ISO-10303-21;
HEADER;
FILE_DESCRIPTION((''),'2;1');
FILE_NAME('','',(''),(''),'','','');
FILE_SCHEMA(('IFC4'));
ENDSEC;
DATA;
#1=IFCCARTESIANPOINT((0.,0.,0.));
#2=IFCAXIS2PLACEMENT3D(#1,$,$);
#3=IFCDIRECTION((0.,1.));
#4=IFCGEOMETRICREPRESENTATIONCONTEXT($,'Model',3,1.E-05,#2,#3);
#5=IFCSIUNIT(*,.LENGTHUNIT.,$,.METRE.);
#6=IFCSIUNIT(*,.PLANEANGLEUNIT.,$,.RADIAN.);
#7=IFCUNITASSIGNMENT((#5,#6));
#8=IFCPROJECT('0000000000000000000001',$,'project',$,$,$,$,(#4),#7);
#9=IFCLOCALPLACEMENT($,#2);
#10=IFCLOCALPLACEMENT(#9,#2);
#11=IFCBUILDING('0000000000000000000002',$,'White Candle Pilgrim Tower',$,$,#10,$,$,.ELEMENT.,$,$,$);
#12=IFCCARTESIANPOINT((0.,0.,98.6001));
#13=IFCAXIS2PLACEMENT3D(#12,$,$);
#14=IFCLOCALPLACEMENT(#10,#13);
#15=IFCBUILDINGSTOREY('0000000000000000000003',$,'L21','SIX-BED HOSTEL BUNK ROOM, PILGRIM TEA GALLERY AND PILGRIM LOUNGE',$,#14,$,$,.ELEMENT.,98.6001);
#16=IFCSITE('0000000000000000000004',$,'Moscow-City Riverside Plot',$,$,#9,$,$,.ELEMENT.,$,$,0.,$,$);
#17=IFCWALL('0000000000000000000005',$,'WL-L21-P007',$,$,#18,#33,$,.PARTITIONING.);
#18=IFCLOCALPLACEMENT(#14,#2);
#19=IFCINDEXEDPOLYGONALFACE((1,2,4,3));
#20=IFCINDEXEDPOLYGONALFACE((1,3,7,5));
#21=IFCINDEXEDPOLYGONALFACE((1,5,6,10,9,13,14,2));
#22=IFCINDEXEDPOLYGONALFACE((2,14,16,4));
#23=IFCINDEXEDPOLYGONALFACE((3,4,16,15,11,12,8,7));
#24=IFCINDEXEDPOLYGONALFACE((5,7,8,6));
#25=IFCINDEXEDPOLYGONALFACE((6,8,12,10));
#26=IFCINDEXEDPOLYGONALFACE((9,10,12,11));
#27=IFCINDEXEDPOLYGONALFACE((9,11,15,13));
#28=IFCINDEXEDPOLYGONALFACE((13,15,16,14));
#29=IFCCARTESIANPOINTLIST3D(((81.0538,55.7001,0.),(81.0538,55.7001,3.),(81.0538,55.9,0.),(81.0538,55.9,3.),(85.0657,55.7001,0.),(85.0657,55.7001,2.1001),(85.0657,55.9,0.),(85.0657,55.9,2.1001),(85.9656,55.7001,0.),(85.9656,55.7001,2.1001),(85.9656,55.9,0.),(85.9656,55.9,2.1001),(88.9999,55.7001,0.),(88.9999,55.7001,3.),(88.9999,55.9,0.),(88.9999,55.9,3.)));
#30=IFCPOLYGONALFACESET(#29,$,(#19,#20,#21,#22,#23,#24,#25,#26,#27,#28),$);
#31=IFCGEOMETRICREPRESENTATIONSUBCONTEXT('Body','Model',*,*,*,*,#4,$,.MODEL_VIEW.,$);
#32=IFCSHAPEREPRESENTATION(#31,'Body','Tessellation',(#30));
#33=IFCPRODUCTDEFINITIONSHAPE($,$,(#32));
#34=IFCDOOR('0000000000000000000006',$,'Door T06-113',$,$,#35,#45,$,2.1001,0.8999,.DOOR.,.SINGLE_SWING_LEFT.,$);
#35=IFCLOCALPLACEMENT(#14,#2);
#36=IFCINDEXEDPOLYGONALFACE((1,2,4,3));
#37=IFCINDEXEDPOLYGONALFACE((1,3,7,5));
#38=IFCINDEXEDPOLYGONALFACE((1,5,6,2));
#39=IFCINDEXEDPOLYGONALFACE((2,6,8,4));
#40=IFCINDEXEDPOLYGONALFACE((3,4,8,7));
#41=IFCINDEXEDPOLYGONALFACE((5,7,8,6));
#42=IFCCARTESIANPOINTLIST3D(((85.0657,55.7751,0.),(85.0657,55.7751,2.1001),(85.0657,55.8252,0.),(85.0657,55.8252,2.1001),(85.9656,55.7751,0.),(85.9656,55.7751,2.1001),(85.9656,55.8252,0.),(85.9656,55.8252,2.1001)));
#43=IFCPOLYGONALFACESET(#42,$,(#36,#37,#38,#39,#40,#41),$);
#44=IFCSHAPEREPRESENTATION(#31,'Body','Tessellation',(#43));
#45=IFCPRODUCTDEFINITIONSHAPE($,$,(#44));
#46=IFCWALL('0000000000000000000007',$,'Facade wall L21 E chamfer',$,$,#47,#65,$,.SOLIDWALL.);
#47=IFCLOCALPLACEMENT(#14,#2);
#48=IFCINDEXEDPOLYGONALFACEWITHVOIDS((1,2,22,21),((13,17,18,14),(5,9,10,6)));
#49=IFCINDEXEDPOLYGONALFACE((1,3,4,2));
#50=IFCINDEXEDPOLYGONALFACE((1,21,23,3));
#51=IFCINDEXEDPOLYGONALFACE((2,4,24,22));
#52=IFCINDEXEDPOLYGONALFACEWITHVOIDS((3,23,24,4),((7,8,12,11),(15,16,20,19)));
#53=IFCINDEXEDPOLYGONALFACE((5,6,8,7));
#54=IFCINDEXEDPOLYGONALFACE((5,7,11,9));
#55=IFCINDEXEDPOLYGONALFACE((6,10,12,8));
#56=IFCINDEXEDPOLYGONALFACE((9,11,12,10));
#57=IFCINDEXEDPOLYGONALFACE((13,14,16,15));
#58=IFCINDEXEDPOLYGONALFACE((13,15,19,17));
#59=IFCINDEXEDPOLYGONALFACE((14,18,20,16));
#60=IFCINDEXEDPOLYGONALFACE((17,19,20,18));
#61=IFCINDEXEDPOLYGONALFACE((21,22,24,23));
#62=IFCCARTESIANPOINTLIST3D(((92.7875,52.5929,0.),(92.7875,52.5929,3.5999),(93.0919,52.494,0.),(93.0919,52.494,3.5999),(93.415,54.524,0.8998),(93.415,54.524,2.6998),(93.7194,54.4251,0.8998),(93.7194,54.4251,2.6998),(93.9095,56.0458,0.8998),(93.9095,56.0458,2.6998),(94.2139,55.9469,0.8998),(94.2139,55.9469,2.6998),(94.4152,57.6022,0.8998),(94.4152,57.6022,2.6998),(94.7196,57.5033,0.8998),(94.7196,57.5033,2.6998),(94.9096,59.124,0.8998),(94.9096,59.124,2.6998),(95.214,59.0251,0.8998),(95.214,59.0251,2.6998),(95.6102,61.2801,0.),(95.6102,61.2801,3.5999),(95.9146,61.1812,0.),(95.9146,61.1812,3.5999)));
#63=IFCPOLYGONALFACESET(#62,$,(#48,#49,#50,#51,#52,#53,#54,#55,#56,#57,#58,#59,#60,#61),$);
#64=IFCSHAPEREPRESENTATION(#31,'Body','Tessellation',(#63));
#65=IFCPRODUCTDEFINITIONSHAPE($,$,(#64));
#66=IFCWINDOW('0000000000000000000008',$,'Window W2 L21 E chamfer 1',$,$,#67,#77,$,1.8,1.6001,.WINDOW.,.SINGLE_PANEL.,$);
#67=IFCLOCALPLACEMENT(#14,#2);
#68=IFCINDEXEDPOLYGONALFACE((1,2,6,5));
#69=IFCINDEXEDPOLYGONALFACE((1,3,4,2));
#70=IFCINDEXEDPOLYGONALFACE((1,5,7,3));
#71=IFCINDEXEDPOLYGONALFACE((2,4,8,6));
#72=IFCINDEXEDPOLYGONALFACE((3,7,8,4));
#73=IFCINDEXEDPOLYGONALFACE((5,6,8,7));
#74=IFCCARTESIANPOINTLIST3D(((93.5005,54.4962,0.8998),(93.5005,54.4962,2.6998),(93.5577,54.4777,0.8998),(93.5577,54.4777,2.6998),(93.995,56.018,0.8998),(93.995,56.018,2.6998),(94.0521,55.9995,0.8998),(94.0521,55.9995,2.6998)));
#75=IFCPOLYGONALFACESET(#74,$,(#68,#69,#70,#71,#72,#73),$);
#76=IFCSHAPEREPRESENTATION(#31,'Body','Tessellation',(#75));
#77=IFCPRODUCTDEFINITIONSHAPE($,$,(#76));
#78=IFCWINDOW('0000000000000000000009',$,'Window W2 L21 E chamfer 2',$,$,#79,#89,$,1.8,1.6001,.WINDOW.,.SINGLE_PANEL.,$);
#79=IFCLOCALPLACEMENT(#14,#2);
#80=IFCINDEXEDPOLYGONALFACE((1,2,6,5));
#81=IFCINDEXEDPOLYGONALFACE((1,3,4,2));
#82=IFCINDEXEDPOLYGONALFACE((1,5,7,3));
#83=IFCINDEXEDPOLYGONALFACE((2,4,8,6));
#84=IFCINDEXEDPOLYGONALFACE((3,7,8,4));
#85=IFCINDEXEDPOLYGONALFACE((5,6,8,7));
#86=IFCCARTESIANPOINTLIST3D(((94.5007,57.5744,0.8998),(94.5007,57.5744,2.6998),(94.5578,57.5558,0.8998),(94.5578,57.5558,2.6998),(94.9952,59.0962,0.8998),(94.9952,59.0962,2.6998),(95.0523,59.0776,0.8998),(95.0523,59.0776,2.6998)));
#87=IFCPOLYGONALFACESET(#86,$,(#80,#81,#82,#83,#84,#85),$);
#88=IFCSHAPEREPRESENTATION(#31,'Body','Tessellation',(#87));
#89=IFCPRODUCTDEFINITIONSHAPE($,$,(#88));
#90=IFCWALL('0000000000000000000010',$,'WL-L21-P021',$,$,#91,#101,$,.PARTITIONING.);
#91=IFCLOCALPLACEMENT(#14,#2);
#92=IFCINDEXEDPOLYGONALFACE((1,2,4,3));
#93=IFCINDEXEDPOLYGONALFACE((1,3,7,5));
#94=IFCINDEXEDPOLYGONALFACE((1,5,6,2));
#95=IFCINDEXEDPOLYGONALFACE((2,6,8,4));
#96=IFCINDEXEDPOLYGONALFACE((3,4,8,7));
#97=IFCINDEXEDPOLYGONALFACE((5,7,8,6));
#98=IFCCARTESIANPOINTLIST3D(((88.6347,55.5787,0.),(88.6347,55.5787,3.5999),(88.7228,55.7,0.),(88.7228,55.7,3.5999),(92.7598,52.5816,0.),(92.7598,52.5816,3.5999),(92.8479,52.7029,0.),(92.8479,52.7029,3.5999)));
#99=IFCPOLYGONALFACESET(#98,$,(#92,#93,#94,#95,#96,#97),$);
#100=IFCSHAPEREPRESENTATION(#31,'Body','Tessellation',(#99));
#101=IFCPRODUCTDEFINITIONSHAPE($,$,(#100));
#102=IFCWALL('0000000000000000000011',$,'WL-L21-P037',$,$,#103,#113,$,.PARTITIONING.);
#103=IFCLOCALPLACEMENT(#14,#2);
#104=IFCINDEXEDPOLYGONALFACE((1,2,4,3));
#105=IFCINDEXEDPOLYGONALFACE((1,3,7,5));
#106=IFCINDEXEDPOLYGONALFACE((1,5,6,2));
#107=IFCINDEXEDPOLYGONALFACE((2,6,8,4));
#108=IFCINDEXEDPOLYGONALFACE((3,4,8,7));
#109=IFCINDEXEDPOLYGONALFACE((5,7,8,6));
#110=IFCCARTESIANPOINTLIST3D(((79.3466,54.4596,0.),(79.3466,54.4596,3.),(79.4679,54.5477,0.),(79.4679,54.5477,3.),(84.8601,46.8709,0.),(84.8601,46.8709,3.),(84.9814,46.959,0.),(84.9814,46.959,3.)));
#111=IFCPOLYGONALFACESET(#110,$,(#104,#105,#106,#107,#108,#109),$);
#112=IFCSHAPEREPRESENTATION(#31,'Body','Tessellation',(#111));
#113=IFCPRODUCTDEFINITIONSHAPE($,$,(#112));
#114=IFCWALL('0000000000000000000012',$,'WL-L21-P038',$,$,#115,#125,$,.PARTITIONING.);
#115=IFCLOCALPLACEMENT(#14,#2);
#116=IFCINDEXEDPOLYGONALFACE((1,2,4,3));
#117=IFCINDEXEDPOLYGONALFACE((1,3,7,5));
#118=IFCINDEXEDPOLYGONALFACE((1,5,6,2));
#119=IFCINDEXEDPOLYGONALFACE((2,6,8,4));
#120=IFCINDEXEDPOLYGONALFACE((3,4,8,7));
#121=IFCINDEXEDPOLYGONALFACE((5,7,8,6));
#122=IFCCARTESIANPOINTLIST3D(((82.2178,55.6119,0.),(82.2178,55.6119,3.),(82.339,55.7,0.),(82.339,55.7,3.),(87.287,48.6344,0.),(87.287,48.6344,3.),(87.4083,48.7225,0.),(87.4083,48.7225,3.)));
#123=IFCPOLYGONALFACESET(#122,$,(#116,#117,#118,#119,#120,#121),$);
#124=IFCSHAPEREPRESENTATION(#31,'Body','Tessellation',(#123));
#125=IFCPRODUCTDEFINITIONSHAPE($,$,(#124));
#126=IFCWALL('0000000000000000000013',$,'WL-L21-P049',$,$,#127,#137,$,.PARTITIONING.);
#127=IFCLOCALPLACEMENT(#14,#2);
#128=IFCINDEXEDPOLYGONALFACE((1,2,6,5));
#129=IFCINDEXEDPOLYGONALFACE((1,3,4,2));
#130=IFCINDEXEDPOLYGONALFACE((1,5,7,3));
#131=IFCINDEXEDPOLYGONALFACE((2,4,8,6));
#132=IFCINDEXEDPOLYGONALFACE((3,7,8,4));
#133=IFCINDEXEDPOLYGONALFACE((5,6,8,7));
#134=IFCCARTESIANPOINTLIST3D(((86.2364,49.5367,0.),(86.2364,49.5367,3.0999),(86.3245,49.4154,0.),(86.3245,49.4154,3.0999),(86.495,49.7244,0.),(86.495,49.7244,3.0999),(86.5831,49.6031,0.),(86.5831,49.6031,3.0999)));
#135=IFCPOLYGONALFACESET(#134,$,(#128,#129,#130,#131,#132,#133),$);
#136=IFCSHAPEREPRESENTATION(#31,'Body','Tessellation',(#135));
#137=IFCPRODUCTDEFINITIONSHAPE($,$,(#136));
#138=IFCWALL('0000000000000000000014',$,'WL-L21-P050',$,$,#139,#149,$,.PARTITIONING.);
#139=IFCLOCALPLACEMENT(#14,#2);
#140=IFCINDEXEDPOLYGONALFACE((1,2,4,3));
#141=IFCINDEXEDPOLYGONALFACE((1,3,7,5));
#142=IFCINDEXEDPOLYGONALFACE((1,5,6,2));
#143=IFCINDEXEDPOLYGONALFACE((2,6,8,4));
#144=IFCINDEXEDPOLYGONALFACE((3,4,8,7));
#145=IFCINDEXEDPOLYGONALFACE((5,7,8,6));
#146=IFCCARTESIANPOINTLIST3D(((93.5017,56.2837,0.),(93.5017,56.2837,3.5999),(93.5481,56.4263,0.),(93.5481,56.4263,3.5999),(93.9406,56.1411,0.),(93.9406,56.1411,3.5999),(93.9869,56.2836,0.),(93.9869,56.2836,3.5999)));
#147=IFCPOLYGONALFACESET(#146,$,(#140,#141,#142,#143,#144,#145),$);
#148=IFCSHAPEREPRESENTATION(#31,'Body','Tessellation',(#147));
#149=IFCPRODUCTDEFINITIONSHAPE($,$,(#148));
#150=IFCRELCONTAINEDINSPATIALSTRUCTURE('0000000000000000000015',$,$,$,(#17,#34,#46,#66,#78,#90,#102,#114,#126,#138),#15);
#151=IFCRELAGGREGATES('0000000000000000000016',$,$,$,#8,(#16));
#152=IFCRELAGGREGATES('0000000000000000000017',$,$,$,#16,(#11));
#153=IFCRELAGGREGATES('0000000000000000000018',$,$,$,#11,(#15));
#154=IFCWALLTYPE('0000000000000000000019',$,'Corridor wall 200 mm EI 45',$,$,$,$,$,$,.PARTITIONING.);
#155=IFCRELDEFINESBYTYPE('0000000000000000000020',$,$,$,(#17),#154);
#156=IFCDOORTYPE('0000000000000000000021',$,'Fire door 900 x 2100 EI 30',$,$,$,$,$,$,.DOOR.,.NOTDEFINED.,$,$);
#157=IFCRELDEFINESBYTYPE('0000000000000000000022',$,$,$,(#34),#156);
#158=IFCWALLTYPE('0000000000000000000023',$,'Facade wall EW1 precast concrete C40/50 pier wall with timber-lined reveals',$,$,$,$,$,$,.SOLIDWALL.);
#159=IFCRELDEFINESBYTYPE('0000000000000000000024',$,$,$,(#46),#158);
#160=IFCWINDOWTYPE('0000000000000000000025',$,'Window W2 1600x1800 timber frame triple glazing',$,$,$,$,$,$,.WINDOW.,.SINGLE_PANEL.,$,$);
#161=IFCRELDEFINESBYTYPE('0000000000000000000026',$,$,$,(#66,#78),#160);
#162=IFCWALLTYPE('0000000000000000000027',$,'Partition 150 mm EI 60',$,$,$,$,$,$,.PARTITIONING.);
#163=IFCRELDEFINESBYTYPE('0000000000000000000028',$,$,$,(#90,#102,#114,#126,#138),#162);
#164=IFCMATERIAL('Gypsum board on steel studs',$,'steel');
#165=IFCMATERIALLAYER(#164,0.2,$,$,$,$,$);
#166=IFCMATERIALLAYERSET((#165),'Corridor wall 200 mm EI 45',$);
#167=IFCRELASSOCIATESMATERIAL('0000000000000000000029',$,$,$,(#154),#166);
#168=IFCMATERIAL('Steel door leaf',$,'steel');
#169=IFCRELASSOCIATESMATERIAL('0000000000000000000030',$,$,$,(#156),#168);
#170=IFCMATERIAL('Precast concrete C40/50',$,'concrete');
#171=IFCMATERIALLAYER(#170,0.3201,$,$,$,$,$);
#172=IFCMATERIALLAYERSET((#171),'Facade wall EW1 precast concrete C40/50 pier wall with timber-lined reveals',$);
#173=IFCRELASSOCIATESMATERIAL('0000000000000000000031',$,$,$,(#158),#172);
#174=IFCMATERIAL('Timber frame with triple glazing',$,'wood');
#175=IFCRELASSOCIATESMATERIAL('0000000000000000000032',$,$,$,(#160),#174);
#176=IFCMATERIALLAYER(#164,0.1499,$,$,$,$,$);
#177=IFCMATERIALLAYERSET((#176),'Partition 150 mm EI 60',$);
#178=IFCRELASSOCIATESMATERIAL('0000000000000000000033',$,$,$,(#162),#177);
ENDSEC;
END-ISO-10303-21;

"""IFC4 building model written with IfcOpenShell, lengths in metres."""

from ifc_helpers import new_model, si_unit, direction, frame, frame_2d, origin, place, context, subcontext, project, spatial, rectangle, extrude, material, layer, layer_set, type_object, element, fill, save


model = new_model("IFC4")

# Units and contexts
model_context = context("Model", 3, precision=1e-05, world=origin(), true_north=direction((0.0, 1.0)))
body_context = subcontext(model_context, "Body", "Model", "MODEL_VIEW")
ifc_project = project(units=[si_unit("LENGTHUNIT", "METRE"), si_unit("PLANEANGLEUNIT", "RADIAN")], contexts=[model_context])

# Site, building, storey
site_placement = place(None, origin())
site = spatial("IfcSite", under=ifc_project, at=site_placement, Name="Moscow-City Riverside Plot", CompositionType="ELEMENT", RefElevation=0.0)
building_placement = place(site_placement, origin())
building = spatial("IfcBuilding", under=site, at=building_placement, Name="White Candle Pilgrim Tower", CompositionType="ELEMENT")
storey_placement = place(building_placement, frame((0.0, 0.0, 98.6001)))
storey = spatial("IfcBuildingStorey", under=building, at=storey_placement, Name="L21", Description="SIX-BED HOSTEL BUNK ROOM, PILGRIM TEA GALLERY AND PILGRIM LOUNGE", CompositionType="ELEMENT", Elevation=98.6001)

# Wall, opening, door
ifc_material_1 = material(Name="Gypsum board on steel studs", Category="steel")
ifc_layer_1 = layer(ifc_material_1, 0.2)
ifc_layer_set_1 = layer_set([ifc_layer_1], Name="Corridor wall 200 mm EI 45")
wall_type_1 = type_object("IfcWallType", Name="Corridor wall 200 mm EI 45", PredefinedType="PARTITIONING", material=ifc_layer_set_1)
wall_1_placement = place(storey_placement, frame((89.0, 55.8, 0.0), z_axis=(0.0, 0.0, 1.0), x_axis=(-1.0, 0.0, 0.0)))
wall_1 = element("IfcWall", 1, at=wall_1_placement, inside=storey, type_object=wall_type_1, Name="WL-L21-P007", PredefinedType="PARTITIONING", context=body_context, shape_type="SweptSolid", body=[
    extrude(rectangle(XDim=7.946, YDim=0.2, at=frame_2d((3.9731, 0.0))), origin(), (0.0, 0.0, 1.0), 3.0),
])
opening_1_placement = place(wall_1_placement, frame((3.0344, 0.0, 0.0)))
opening_1 = element("IfcOpeningElement", 2, at=opening_1_placement, cuts=wall_1, PredefinedType="OPENING", context=body_context, shape_type="SweptSolid", body=[
    extrude(rectangle(XDim=0.8999, YDim=2.1001, at=frame_2d((0.45, 1.05))), frame((0.0, 0.1099, 0.0), z_axis=(0.0, -1.0, 0.0), x_axis=(1.0, 0.0, 0.0)), (0.0, 0.0, 1.0), 0.22),
])
ifc_material_2 = material(Name="Steel door leaf", Category="steel")
door_type = type_object("IfcDoorType", Name="Fire door 900 x 2100 EI 30", OperationType="NOTDEFINED", PredefinedType="DOOR", material=ifc_material_2)
door_placement = place(opening_1_placement, origin())
door = element("IfcDoor", 3, at=door_placement, inside=storey, type_object=door_type, Name="Door T06-113", OperationType="SINGLE_SWING_LEFT", OverallHeight=2.1001, OverallWidth=0.8999, PredefinedType="DOOR", context=body_context, shape_type="SweptSolid", body=[
    extrude(rectangle(XDim=0.8999, YDim=2.1001, at=frame_2d((0.45, 1.05))), frame((0.0, 0.0249, 0.0), z_axis=(0.0, -1.0, 0.0), x_axis=(1.0, 0.0, 0.0)), (0.0, 0.0, 1.0), 0.05),
])
fill(opening_1, door)

# Wall, openings, windows
ifc_material_3 = material(Name="Precast concrete C40/50", Category="concrete")
ifc_layer_2 = layer(ifc_material_3, 0.3201)
ifc_layer_set_2 = layer_set([ifc_layer_2], Name="Facade wall EW1 precast concrete C40/50 pier wall with timber-lined reveals")
wall_type_2 = type_object("IfcWallType", Name="Facade wall EW1 precast concrete C40/50 pier wall with timber-lined reveals", PredefinedType="SOLIDWALL", material=ifc_layer_set_2)
wall_2_placement = place(storey_placement, frame((92.9397, 52.5435, 0.0), z_axis=(0.0, 0.0, 1.0), x_axis=(0.309026, 0.951054, 0.0)))
wall_2 = element("IfcWall", 4, at=wall_2_placement, inside=storey, type_object=wall_type_2, Name="Facade wall L21 E chamfer", PredefinedType="SOLIDWALL", context=body_context, shape_type="SweptSolid", body=[
    extrude(rectangle(XDim=9.1343, YDim=0.3201, at=frame_2d((4.5671, 0.0))), origin(), (0.0, 0.0, 1.0), 3.5999),
])
opening_2_placement = place(wall_2_placement, frame((2.0305, 0.0, 0.8999)))
opening_2 = element("IfcOpeningElement", 5, at=opening_2_placement, cuts=wall_2, PredefinedType="OPENING", context=body_context, shape_type="SweptSolid", body=[
    extrude(rectangle(XDim=1.6001, YDim=1.8, at=frame_2d((0.8, 0.8999))), frame((0.0, 0.1699, 0.0), z_axis=(0.0, -1.0, 0.0), x_axis=(1.0, 0.0, 0.0)), (0.0, 0.0, 1.0), 0.3401),
])
opening_3_placement = place(wall_2_placement, frame((5.2671, 0.0, 0.8999)))
opening_3 = element("IfcOpeningElement", 6, at=opening_3_placement, cuts=wall_2, PredefinedType="OPENING", context=body_context, shape_type="SweptSolid", body=[
    extrude(rectangle(XDim=1.6001, YDim=1.8, at=frame_2d((0.8, 0.8999))), frame((0.0, 0.1699, 0.0), z_axis=(0.0, -1.0, 0.0), x_axis=(1.0, 0.0, 0.0)), (0.0, 0.0, 1.0), 0.3401),
])
ifc_material_4 = material(Name="Timber frame with triple glazing", Category="wood")
window_type = type_object("IfcWindowType", Name="Window W2 1600x1800 timber frame triple glazing", PartitioningType="SINGLE_PANEL", PredefinedType="WINDOW", material=ifc_material_4)
window_1_placement = place(opening_2_placement, origin())
window_1 = element("IfcWindow", 7, at=window_1_placement, inside=storey, type_object=window_type, Name="Window W2 L21 E chamfer 1", OverallHeight=1.8, OverallWidth=1.6001, PartitioningType="SINGLE_PANEL", PredefinedType="WINDOW", context=body_context, shape_type="SweptSolid", body=[
    extrude(rectangle(XDim=1.6001, YDim=1.8, at=frame_2d((0.8, 0.8999))), frame((0.0, 0.0701, 0.0), z_axis=(0.0, -1.0, 0.0), x_axis=(1.0, 0.0, 0.0)), (0.0, 0.0, 1.0), 0.0601),
])
fill(opening_2, window_1)
window_2_placement = place(opening_3_placement, origin())
window_2 = element("IfcWindow", 8, at=window_2_placement, inside=storey, type_object=window_type, Name="Window W2 L21 E chamfer 2", OverallHeight=1.8, OverallWidth=1.6001, PartitioningType="SINGLE_PANEL", PredefinedType="WINDOW", context=body_context, shape_type="SweptSolid", body=[
    extrude(rectangle(XDim=1.6001, YDim=1.8, at=frame_2d((0.8, 0.8999))), frame((0.0, 0.0701, 0.0), z_axis=(0.0, -1.0, 0.0), x_axis=(1.0, 0.0, 0.0)), (0.0, 0.0, 1.0), 0.0601),
])
fill(opening_3, window_2)

# Walls
ifc_layer_3 = layer(ifc_material_1, 0.1499)
ifc_layer_set_3 = layer_set([ifc_layer_3], Name="Partition 150 mm EI 60")
wall_type_3 = type_object("IfcWallType", Name="Partition 150 mm EI 60", PredefinedType="PARTITIONING", material=ifc_layer_set_3)
wall_3_placement = place(storey_placement, frame((92.8037, 52.6423, 0.0), z_axis=(0.0, 0.0, 1.0), x_axis=(-0.809009, 0.587796, 0.0)))
element("IfcWall", 9, at=wall_3_placement, inside=storey, type_object=wall_type_3, Name="WL-L21-P021", PredefinedType="PARTITIONING", context=body_context, shape_type="SweptSolid", body=[
    extrude(rectangle(XDim=5.0989, YDim=0.1499, at=frame_2d((2.5493, 0.0))), origin(), (0.0, 0.0, 1.0), 3.5999),
])
wall_4_placement = place(storey_placement, frame((84.9207, 46.915, 0.0), z_axis=(0.0, 0.0, 1.0), x_axis=(-0.587783, 0.809018, 0.0)))
element("IfcWall", 10, at=wall_4_placement, inside=storey, type_object=wall_type_3, Name="WL-L21-P037", PredefinedType="PARTITIONING", context=body_context, shape_type="SweptSolid", body=[
    extrude(rectangle(XDim=9.3801, YDim=0.1499, at=frame_2d((4.6899, 0.0))), origin(), (0.0, 0.0, 1.0), 3.0),
])
wall_5_placement = place(storey_placement, frame((87.3477, 48.6785, 0.0), z_axis=(0.0, 0.0, 1.0), x_axis=(-0.587774, 0.809025, 0.0)))
element("IfcWall", 11, at=wall_5_placement, inside=storey, type_object=wall_type_3, Name="WL-L21-P038", PredefinedType="PARTITIONING", context=body_context, shape_type="SweptSolid", body=[
    extrude(rectangle(XDim=8.6245, YDim=0.1499, at=frame_2d((4.3123, 0.0))), origin(), (0.0, 0.0, 1.0), 3.0),
])
wall_6_placement = place(storey_placement, frame((86.2805, 49.4761, 0.0), z_axis=(0.0, 0.0, 1.0), x_axis=(0.809165, 0.587581, 0.0)))
element("IfcWall", 12, at=wall_6_placement, inside=storey, type_object=wall_type_3, Name="WL-L21-P049", PredefinedType="PARTITIONING", context=body_context, shape_type="SweptSolid", body=[
    extrude(rectangle(XDim=0.3196, YDim=0.1499, at=frame_2d((0.1597, 0.0))), origin(), (0.0, 0.0, 1.0), 3.0999),
])
wall_7_placement = place(storey_placement, frame((93.5249, 56.355, 0.0), z_axis=(0.0, 0.0, 1.0), x_axis=(0.951038, -0.309074, 0.0)))
element("IfcWall", 13, at=wall_7_placement, inside=storey, type_object=wall_type_3, Name="WL-L21-P050", PredefinedType="PARTITIONING", context=body_context, shape_type="SweptSolid", body=[
    extrude(rectangle(XDim=0.4614, YDim=0.1499, at=frame_2d((0.2307, 0.0))), origin(), (0.0, 0.0, 1.0), 3.5999),
])

save(model, "model.ifc")
